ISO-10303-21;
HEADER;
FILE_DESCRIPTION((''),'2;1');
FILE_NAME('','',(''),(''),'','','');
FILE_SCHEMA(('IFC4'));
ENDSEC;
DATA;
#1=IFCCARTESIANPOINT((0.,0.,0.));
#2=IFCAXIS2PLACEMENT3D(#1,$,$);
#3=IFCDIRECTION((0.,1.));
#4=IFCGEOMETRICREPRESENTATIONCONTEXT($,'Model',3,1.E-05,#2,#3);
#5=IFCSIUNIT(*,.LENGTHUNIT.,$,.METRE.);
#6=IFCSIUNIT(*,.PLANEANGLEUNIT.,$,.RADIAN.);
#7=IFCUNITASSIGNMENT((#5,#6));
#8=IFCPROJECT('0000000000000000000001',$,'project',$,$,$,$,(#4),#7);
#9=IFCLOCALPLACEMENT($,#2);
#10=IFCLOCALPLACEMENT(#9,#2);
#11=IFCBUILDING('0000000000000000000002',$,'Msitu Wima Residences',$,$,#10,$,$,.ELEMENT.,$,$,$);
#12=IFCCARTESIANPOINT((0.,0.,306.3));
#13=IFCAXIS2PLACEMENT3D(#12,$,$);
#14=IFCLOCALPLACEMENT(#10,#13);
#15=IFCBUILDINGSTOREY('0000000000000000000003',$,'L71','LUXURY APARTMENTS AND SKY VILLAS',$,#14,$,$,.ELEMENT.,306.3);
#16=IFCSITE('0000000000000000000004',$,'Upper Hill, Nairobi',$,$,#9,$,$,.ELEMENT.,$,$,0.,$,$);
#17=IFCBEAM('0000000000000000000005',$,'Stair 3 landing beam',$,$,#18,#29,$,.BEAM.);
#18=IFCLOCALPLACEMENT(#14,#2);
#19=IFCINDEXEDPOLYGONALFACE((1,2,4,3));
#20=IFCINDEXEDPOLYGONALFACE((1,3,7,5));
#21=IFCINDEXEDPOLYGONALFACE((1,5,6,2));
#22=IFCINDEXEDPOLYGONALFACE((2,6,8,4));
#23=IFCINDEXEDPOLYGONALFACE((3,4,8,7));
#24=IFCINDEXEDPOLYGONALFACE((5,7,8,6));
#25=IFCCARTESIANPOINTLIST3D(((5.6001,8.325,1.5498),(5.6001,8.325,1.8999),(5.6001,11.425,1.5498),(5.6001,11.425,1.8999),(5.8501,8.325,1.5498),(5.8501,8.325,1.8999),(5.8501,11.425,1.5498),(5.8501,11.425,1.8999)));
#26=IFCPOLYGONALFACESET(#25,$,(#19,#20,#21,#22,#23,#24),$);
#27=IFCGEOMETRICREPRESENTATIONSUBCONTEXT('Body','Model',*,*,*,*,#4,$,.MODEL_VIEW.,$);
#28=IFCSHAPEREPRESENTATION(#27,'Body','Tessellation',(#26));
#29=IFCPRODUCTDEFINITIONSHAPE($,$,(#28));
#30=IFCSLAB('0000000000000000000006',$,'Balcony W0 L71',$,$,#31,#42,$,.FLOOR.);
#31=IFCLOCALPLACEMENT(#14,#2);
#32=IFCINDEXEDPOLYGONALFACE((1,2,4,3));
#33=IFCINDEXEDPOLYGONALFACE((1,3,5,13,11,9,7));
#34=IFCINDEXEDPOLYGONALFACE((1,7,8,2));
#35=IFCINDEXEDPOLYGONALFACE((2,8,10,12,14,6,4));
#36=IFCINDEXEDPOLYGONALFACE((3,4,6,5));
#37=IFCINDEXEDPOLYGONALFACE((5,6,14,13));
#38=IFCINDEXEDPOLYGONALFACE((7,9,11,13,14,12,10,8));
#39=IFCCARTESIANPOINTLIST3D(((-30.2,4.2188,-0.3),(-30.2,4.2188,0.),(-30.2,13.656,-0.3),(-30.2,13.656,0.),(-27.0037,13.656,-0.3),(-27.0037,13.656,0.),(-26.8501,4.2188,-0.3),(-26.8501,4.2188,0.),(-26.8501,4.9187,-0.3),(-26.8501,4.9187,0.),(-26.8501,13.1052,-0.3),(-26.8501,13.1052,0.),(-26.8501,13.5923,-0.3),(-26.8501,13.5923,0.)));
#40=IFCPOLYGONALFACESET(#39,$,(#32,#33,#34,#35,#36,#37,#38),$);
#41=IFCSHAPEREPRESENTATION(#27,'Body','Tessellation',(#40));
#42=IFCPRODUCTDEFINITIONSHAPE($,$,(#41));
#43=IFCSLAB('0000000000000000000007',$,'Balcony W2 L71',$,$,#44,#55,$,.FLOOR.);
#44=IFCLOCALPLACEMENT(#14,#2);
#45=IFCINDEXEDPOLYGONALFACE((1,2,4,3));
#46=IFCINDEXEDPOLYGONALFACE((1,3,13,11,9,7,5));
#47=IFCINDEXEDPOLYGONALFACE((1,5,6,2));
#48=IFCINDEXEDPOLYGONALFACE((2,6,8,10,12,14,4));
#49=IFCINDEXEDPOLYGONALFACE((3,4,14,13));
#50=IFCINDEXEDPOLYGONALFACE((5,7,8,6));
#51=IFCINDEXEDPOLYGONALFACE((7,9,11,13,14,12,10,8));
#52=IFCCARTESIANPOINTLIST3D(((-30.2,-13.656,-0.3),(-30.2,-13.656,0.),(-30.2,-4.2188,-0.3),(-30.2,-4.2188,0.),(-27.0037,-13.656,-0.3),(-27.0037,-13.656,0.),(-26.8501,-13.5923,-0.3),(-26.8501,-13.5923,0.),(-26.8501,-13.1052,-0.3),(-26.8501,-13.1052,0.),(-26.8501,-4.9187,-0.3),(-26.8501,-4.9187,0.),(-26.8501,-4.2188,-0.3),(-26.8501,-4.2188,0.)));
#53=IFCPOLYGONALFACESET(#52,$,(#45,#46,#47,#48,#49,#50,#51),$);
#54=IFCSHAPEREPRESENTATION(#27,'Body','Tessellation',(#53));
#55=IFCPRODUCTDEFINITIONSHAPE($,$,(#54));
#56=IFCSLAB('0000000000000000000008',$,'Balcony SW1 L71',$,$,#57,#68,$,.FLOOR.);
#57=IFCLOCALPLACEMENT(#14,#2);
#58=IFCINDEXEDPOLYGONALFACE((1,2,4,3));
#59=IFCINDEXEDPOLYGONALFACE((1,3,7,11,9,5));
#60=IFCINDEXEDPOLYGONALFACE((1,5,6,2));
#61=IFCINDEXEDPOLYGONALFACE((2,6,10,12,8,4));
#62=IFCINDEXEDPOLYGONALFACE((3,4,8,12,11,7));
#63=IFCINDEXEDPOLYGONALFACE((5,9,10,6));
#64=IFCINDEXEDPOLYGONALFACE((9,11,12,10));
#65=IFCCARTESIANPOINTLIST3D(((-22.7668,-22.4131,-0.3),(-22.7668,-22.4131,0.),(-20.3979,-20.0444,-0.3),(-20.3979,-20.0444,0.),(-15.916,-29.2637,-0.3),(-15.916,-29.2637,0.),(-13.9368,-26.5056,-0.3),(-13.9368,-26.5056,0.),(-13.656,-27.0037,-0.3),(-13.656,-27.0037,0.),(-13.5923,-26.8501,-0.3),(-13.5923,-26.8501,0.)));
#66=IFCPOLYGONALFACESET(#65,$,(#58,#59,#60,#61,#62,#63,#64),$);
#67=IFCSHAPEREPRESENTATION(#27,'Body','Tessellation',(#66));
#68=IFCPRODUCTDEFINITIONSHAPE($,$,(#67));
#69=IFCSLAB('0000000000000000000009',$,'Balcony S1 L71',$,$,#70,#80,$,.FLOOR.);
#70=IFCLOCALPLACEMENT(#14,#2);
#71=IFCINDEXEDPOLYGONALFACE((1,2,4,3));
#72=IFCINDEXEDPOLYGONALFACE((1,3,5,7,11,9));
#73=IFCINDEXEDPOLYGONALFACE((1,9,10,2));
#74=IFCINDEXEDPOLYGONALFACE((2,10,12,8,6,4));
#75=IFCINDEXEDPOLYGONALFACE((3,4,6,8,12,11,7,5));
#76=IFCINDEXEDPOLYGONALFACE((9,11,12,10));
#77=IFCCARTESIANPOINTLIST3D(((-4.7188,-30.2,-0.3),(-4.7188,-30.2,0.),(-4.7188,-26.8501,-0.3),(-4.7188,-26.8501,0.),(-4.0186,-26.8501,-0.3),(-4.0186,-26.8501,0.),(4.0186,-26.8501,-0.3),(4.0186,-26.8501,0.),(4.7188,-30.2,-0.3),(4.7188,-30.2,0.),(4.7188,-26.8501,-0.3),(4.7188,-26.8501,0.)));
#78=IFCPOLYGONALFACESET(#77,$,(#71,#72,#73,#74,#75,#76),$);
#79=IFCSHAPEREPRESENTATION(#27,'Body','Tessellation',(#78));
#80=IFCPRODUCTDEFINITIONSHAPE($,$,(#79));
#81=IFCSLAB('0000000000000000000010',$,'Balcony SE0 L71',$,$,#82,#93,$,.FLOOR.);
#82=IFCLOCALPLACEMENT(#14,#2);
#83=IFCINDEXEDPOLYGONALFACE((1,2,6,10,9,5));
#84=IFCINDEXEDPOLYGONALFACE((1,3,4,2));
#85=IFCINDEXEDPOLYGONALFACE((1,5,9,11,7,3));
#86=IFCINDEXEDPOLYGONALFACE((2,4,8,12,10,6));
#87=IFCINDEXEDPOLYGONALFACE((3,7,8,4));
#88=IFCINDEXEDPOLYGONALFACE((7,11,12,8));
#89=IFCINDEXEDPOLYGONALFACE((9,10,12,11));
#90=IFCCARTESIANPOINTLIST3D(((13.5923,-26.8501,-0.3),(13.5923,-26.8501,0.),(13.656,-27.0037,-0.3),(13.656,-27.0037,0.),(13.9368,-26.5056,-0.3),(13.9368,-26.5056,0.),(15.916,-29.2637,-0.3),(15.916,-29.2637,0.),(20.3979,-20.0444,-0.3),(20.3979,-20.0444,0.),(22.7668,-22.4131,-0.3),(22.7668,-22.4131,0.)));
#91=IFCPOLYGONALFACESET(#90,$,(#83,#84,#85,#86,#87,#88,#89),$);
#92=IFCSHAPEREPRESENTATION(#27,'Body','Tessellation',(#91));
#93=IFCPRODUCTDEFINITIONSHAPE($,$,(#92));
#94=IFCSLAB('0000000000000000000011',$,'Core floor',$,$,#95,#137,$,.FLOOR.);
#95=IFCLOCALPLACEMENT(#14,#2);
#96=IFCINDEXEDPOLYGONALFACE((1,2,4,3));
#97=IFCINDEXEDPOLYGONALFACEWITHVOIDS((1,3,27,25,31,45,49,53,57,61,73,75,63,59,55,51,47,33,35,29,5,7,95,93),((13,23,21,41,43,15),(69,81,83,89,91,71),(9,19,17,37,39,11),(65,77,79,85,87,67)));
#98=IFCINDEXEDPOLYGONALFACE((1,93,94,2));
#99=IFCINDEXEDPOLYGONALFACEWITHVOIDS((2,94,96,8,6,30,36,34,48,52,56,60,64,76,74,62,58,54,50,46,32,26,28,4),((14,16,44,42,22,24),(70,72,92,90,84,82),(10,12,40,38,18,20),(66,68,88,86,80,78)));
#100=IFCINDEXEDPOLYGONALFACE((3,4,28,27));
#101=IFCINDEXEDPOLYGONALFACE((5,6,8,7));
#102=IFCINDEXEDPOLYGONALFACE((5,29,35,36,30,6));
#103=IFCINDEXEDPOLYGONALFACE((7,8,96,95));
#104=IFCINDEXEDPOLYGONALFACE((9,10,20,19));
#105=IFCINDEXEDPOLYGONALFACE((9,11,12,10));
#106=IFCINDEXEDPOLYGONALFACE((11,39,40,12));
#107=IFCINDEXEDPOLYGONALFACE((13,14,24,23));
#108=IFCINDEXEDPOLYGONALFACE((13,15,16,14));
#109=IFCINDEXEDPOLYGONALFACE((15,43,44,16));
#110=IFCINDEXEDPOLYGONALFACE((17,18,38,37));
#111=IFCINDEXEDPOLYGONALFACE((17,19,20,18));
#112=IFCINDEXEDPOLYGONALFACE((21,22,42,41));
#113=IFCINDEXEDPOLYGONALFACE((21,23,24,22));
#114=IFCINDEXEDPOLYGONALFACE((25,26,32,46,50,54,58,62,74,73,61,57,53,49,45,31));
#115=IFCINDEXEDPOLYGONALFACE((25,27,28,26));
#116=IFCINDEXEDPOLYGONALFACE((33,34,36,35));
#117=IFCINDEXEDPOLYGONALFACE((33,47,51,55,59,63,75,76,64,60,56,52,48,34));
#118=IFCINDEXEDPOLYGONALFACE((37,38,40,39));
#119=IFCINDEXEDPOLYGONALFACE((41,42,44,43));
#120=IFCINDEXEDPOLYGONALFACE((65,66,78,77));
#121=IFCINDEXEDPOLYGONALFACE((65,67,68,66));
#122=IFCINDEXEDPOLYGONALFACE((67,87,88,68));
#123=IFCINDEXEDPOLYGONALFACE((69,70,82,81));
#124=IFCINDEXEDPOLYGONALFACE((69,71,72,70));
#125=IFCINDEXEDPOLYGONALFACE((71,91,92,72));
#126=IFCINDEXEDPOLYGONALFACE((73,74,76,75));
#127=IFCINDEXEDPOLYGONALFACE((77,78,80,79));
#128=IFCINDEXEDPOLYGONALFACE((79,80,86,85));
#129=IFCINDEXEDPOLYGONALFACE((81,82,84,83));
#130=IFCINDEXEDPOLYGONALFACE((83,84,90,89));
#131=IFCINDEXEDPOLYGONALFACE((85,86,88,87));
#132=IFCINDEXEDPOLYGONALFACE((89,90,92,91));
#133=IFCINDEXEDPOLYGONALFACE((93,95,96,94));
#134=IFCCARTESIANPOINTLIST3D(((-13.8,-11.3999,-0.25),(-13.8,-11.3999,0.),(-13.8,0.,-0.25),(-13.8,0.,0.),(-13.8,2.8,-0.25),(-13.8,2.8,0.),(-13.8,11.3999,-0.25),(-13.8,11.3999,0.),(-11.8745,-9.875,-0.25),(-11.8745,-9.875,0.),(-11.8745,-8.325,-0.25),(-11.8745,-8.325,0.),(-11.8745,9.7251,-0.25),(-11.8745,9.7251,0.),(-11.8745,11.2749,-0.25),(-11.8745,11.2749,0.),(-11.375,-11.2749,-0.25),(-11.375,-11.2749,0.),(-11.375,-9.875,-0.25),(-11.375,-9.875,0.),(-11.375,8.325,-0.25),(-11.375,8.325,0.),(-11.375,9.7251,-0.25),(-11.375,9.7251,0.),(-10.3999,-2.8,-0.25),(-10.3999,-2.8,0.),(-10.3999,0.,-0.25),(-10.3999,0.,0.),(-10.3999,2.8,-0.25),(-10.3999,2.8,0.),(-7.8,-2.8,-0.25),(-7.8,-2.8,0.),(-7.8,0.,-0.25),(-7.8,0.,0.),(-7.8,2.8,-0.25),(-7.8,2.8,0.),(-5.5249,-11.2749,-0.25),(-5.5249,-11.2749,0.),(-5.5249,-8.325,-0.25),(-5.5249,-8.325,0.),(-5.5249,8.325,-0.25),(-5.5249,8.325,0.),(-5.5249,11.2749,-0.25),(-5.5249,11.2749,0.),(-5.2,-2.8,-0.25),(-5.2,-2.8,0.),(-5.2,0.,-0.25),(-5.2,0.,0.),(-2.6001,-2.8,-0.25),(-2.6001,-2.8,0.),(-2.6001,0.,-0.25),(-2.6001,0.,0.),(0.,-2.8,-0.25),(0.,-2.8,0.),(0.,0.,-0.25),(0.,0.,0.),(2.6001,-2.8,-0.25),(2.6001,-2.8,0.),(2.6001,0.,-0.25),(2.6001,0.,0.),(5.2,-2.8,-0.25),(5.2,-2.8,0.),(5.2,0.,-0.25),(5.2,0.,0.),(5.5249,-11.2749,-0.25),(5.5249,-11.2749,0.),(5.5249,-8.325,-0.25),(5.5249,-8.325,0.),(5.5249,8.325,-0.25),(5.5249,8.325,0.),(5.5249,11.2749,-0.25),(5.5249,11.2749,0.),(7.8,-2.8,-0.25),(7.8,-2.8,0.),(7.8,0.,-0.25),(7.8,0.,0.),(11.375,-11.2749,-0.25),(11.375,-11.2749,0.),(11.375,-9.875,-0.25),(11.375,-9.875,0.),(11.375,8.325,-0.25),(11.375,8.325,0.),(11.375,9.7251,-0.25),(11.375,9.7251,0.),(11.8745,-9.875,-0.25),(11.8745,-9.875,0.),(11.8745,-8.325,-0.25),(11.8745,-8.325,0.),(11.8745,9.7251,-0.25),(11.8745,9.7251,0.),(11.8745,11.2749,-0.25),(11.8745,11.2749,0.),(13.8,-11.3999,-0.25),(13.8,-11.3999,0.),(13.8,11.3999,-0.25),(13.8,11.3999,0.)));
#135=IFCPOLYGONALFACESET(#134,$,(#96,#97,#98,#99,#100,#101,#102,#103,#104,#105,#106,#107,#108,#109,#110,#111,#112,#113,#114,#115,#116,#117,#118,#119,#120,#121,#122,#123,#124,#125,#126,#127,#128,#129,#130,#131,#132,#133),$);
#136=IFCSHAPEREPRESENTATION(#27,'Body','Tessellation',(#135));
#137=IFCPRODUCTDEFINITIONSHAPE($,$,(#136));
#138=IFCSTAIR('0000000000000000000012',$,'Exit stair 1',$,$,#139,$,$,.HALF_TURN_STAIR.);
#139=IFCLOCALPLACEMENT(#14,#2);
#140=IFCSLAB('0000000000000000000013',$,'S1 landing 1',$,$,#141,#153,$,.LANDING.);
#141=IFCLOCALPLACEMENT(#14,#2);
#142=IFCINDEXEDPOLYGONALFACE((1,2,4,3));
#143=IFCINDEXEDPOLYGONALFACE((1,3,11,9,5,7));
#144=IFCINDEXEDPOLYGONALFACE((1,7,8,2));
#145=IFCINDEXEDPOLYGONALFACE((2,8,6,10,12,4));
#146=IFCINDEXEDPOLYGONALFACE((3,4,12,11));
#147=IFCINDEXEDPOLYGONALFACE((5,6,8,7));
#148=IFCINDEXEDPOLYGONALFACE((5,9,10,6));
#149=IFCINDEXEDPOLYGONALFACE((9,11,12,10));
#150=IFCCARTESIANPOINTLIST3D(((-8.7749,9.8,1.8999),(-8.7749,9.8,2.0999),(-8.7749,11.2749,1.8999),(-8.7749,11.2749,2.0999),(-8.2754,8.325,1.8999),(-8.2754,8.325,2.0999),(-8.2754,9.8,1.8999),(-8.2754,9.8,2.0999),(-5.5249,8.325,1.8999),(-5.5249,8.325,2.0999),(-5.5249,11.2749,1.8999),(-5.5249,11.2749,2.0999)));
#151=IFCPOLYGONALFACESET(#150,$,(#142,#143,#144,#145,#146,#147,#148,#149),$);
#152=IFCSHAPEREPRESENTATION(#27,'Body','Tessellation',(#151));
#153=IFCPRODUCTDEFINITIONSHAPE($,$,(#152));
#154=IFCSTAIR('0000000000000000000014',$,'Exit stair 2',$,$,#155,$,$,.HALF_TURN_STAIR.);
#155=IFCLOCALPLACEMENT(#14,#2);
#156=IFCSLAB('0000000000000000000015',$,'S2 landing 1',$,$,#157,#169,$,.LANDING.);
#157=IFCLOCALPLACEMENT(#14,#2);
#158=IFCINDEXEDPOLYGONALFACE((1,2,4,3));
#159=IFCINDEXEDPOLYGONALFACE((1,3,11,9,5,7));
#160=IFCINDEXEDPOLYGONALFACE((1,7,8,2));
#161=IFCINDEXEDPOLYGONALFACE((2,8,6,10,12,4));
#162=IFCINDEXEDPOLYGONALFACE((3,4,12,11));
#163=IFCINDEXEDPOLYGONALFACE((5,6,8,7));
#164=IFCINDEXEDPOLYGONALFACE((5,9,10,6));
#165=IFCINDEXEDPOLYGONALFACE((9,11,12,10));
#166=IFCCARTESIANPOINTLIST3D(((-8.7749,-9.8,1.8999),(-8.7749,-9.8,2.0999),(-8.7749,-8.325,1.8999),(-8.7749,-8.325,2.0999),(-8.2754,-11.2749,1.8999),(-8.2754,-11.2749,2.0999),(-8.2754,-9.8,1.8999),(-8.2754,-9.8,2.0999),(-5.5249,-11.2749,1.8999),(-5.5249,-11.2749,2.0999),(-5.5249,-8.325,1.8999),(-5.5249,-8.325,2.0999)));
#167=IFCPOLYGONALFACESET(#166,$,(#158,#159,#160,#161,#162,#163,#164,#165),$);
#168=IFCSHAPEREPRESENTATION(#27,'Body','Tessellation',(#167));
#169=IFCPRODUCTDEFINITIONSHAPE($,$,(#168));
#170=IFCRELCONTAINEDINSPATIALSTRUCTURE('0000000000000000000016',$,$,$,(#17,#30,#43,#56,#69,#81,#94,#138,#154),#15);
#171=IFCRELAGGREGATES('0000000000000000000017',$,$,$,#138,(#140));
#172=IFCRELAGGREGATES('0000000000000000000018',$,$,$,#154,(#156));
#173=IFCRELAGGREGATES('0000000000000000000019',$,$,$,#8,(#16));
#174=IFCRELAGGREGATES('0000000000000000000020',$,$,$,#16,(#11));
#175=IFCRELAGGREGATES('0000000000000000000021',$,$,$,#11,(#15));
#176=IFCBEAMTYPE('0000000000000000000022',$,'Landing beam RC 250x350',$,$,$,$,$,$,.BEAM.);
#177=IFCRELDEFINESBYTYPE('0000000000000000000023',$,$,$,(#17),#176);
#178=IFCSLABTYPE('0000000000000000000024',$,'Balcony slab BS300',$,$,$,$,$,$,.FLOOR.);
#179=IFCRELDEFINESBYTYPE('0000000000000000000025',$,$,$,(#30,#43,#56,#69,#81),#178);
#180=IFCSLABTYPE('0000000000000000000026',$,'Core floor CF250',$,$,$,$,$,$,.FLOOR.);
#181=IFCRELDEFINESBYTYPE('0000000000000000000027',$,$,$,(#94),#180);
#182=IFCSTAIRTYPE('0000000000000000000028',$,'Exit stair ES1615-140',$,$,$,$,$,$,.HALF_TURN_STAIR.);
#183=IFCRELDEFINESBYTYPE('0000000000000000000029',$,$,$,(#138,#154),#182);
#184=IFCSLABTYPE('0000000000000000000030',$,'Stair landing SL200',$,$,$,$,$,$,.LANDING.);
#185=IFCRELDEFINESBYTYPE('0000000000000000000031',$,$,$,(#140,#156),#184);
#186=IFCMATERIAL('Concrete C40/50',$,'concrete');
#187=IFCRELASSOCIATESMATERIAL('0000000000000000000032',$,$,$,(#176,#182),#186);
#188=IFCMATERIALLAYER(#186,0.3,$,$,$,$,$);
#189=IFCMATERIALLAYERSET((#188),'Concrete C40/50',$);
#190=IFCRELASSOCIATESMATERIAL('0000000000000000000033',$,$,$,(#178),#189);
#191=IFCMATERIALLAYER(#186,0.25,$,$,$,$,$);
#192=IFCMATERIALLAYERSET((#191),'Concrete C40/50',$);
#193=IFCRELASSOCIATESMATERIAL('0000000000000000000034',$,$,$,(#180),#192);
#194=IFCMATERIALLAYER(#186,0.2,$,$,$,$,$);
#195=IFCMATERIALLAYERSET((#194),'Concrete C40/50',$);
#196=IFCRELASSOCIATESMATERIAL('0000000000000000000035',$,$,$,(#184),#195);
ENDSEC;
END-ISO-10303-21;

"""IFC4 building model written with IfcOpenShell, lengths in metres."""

from ifc_helpers import new_model, si_unit, direction, frame, origin, origin_2d, place, context, subcontext, project, spatial, polyline, rectangle, outline, extrude, material, layer, layer_set, material_profile, profile_set, type_object, element, aggregate, save


model = new_model("IFC4")

# Units and contexts
model_context = context("Model", 3, precision=1e-05, world=origin(), true_north=direction((0.0, 1.0)))
body_context = subcontext(model_context, "Body", "Model", "MODEL_VIEW")
ifc_project = project(units=[si_unit("LENGTHUNIT", "METRE"), si_unit("PLANEANGLEUNIT", "RADIAN")], contexts=[model_context])

# Site, building, storey
site_placement = place(None, origin())
site = spatial("IfcSite", under=ifc_project, at=site_placement, Name="Upper Hill, Nairobi", CompositionType="ELEMENT", RefElevation=0.0)
building_placement = place(site_placement, origin())
building = spatial("IfcBuilding", under=site, at=building_placement, Name="Msitu Wima Residences", CompositionType="ELEMENT")
storey_placement = place(building_placement, frame((0.0, 0.0, 306.3)))
storey = spatial("IfcBuildingStorey", under=building, at=storey_placement, Name="L71", Description="LUXURY APARTMENTS AND SKY VILLAS", CompositionType="ELEMENT", Elevation=306.3)

# Beam
ifc_material_1 = material(Name="Concrete C40/50", Category="concrete")
ifc_material_profile = material_profile(ifc_material_1, rectangle(XDim=0.25, YDim=0.3501, at=origin_2d()), Name="RC 250x350")
ifc_profile_set = profile_set([ifc_material_profile], Name="Concrete C40/50")
beam_type = type_object("IfcBeamType", Name="Landing beam RC 250x350", PredefinedType="BEAM", material=ifc_profile_set)
beam_placement = place(storey_placement, frame((5.7251, 8.325, 1.7249), z_axis=(0.0, 1.0, 0.0), x_axis=(-1.0, 0.0, 0.0)))
element("IfcBeam", 1, at=beam_placement, inside=storey, type_object=beam_type, Name="Stair 3 landing beam", PredefinedType="BEAM", context=body_context, shape_type="SweptSolid", body=[
    extrude(rectangle(XDim=0.25, YDim=0.3501, at=origin_2d()), origin(), (0.0, 0.0, 1.0), 3.1001),
])

# Slabs
ifc_layer_1 = layer(ifc_material_1, 0.3)
ifc_layer_set_1 = layer_set([ifc_layer_1], Name="Concrete C40/50")
slab_type_1 = type_object("IfcSlabType", Name="Balcony slab BS300", PredefinedType="FLOOR", material=ifc_layer_set_1)
slab_1_placement = place(storey_placement, frame((0.0, 0.0, -0.3)))
element("IfcSlab", 2, at=slab_1_placement, inside=storey, type_object=slab_type_1, Name="Balcony W0 L71", PredefinedType="FLOOR", context=body_context, shape_type="SweptSolid", body=[
    extrude(outline(polyline([(-26.8501, 13.1052), (-26.8501, 13.1052), (-26.8501, 4.9187), (-26.8501, 4.2188), (-30.2, 4.2188), (-30.2, 13.656), (-27.0037, 13.656), (-26.8501, 13.5923), (-26.8501, 13.1052), (-26.8501, 13.1052)])), origin(), (0.0, 0.0, 1.0), 0.3),
])
slab_2_placement = place(storey_placement, frame((0.0, 0.0, -0.3)))
element("IfcSlab", 3, at=slab_2_placement, inside=storey, type_object=slab_type_1, Name="Balcony W2 L71", PredefinedType="FLOOR", context=body_context, shape_type="SweptSolid", body=[
    extrude(outline(polyline([(-26.8501, -13.1052), (-26.8501, -13.1052), (-26.8501, -13.1052), (-26.8501, -13.5923), (-27.0037, -13.656), (-30.2, -13.656), (-30.2, -4.2188), (-26.8501, -4.2188), (-26.8501, -4.9187), (-26.8501, -13.1052)])), origin(), (0.0, 0.0, 1.0), 0.3),
])
slab_3_placement = place(storey_placement, frame((0.0, 0.0, -0.3)))
element("IfcSlab", 4, at=slab_3_placement, inside=storey, type_object=slab_type_1, Name="Balcony SW1 L71", PredefinedType="FLOOR", context=body_context, shape_type="SweptSolid", body=[
    extrude(outline(polyline([(-13.9368, -26.5056), (-13.9368, -26.5056), (-13.5923, -26.8501), (-13.656, -27.0037), (-15.916, -29.2637), (-22.7668, -22.4131), (-20.3979, -20.0444), (-13.9368, -26.5056), (-13.9368, -26.5056)])), origin(), (0.0, 0.0, 1.0), 0.3),
])
slab_4_placement = place(storey_placement, frame((0.0, 0.0, -0.3)))
element("IfcSlab", 5, at=slab_4_placement, inside=storey, type_object=slab_type_1, Name="Balcony S1 L71", PredefinedType="FLOOR", context=body_context, shape_type="SweptSolid", body=[
    extrude(outline(polyline([(-4.0186, -26.8501), (4.0186, -26.8501), (4.7188, -26.8501), (4.7188, -30.2), (-4.7188, -30.2), (-4.7188, -26.8501), (-4.0186, -26.8501)])), origin(), (0.0, 0.0, 1.0), 0.3),
])
slab_5_placement = place(storey_placement, frame((0.0, 0.0, -0.3)))
element("IfcSlab", 6, at=slab_5_placement, inside=storey, type_object=slab_type_1, Name="Balcony SE0 L71", PredefinedType="FLOOR", context=body_context, shape_type="SweptSolid", body=[
    extrude(outline(polyline([(13.9368, -26.5056), (13.9368, -26.5056), (20.3979, -20.0444), (22.7668, -22.4131), (15.916, -29.2637), (13.656, -27.0037), (13.5923, -26.8501), (13.9368, -26.5056), (13.9368, -26.5056)])), origin(), (0.0, 0.0, 1.0), 0.3),
])
ifc_layer_2 = layer(ifc_material_1, 0.25)
ifc_layer_set_2 = layer_set([ifc_layer_2], Name="Concrete C40/50")
slab_type_2 = type_object("IfcSlabType", Name="Core floor CF250", PredefinedType="FLOOR", material=ifc_layer_set_2)
slab_6_placement = place(storey_placement, frame((0.0, 0.0, -0.25)))
element("IfcSlab", 7, at=slab_6_placement, inside=storey, type_object=slab_type_2, Name="Core floor", PredefinedType="FLOOR", context=body_context, shape_type="SweptSolid", body=[
    extrude(outline(polyline([(-13.8, 11.3999), (-13.8, 2.8), (-10.3999, 2.8), (-7.8, 2.8), (-7.8, 0.0), (-5.2, 0.0), (-2.6001, 0.0), (0.0, 0.0), (2.6001, 0.0), (5.2, 0.0), (7.8, 0.0), (7.8, -2.8), (5.2, -2.8), (2.6001, -2.8), (0.0, -2.8), (-2.6001, -2.8), (-5.2, -2.8), (-7.8, -2.8), (-10.3999, -2.8), (-10.3999, 0.0), (-13.8, 0.0), (-13.8, -11.3999), (13.8, -11.3999), (13.8, 11.3999), (-13.8, 11.3999)]), holes=[polyline([(-11.375, -11.2749), (-11.375, -9.875), (-11.8745, -9.875), (-11.8745, -8.325), (-5.5249, -8.325), (-5.5249, -11.2749), (-11.375, -11.2749)]), polyline([(-11.375, 8.325), (-11.375, 9.7251), (-11.8745, 9.7251), (-11.8745, 11.2749), (-5.5249, 11.2749), (-5.5249, 8.325), (-11.375, 8.325)]), polyline([(11.375, -9.875), (11.375, -11.2749), (5.5249, -11.2749), (5.5249, -8.325), (11.8745, -8.325), (11.8745, -9.875), (11.375, -9.875)]), polyline([(11.375, 9.7251), (11.375, 8.325), (5.5249, 8.325), (5.5249, 11.2749), (11.8745, 11.2749), (11.8745, 9.7251), (11.375, 9.7251)])]), origin(), (0.0, 0.0, 1.0), 0.25),
])

# Stairs, slabs
stair_type = type_object("IfcStairType", Name="Exit stair ES1615-140", PredefinedType="HALF_TURN_STAIR", material=ifc_material_1)
stair_1_placement = place(storey_placement, origin())
stair_1 = element("IfcStair", 8, at=stair_1_placement, inside=storey, type_object=stair_type, Name="Exit stair 1", PredefinedType="HALF_TURN_STAIR")
ifc_layer_3 = layer(ifc_material_1, 0.2)
ifc_layer_set_3 = layer_set([ifc_layer_3], Name="Concrete C40/50")
slab_type_3 = type_object("IfcSlabType", Name="Stair landing SL200", PredefinedType="LANDING", material=ifc_layer_set_3)
slab_7_placement = place(storey_placement, frame((0.0, 0.0, 1.8999)))
slab_7 = element("IfcSlab", 9, at=slab_7_placement, type_object=slab_type_3, Name="S1 landing 1", PredefinedType="LANDING", context=body_context, shape_type="SweptSolid", body=[
    extrude(outline(polyline([(-5.5249, 8.325), (-8.2754, 8.325), (-8.2754, 9.8), (-8.7749, 9.8), (-8.7749, 11.2749), (-5.5249, 11.2749), (-5.5249, 8.325)])), origin(), (0.0, 0.0, 1.0), 0.2),
])
aggregate(stair_1, [slab_7])
stair_2_placement = place(storey_placement, origin())
stair_2 = element("IfcStair", 10, at=stair_2_placement, inside=storey, type_object=stair_type, Name="Exit stair 2", PredefinedType="HALF_TURN_STAIR")
slab_8_placement = place(storey_placement, frame((0.0, 0.0, 1.8999)))
slab_8 = element("IfcSlab", 11, at=slab_8_placement, type_object=slab_type_3, Name="S2 landing 1", PredefinedType="LANDING", context=body_context, shape_type="SweptSolid", body=[
    extrude(outline(polyline([(-5.5249, -11.2749), (-8.2754, -11.2749), (-8.2754, -9.8), (-8.7749, -9.8), (-8.7749, -8.325), (-5.5249, -8.325), (-5.5249, -11.2749)])), origin(), (0.0, 0.0, 1.0), 0.2),
])
aggregate(stair_2, [slab_8])

save(model, "model.ifc")
